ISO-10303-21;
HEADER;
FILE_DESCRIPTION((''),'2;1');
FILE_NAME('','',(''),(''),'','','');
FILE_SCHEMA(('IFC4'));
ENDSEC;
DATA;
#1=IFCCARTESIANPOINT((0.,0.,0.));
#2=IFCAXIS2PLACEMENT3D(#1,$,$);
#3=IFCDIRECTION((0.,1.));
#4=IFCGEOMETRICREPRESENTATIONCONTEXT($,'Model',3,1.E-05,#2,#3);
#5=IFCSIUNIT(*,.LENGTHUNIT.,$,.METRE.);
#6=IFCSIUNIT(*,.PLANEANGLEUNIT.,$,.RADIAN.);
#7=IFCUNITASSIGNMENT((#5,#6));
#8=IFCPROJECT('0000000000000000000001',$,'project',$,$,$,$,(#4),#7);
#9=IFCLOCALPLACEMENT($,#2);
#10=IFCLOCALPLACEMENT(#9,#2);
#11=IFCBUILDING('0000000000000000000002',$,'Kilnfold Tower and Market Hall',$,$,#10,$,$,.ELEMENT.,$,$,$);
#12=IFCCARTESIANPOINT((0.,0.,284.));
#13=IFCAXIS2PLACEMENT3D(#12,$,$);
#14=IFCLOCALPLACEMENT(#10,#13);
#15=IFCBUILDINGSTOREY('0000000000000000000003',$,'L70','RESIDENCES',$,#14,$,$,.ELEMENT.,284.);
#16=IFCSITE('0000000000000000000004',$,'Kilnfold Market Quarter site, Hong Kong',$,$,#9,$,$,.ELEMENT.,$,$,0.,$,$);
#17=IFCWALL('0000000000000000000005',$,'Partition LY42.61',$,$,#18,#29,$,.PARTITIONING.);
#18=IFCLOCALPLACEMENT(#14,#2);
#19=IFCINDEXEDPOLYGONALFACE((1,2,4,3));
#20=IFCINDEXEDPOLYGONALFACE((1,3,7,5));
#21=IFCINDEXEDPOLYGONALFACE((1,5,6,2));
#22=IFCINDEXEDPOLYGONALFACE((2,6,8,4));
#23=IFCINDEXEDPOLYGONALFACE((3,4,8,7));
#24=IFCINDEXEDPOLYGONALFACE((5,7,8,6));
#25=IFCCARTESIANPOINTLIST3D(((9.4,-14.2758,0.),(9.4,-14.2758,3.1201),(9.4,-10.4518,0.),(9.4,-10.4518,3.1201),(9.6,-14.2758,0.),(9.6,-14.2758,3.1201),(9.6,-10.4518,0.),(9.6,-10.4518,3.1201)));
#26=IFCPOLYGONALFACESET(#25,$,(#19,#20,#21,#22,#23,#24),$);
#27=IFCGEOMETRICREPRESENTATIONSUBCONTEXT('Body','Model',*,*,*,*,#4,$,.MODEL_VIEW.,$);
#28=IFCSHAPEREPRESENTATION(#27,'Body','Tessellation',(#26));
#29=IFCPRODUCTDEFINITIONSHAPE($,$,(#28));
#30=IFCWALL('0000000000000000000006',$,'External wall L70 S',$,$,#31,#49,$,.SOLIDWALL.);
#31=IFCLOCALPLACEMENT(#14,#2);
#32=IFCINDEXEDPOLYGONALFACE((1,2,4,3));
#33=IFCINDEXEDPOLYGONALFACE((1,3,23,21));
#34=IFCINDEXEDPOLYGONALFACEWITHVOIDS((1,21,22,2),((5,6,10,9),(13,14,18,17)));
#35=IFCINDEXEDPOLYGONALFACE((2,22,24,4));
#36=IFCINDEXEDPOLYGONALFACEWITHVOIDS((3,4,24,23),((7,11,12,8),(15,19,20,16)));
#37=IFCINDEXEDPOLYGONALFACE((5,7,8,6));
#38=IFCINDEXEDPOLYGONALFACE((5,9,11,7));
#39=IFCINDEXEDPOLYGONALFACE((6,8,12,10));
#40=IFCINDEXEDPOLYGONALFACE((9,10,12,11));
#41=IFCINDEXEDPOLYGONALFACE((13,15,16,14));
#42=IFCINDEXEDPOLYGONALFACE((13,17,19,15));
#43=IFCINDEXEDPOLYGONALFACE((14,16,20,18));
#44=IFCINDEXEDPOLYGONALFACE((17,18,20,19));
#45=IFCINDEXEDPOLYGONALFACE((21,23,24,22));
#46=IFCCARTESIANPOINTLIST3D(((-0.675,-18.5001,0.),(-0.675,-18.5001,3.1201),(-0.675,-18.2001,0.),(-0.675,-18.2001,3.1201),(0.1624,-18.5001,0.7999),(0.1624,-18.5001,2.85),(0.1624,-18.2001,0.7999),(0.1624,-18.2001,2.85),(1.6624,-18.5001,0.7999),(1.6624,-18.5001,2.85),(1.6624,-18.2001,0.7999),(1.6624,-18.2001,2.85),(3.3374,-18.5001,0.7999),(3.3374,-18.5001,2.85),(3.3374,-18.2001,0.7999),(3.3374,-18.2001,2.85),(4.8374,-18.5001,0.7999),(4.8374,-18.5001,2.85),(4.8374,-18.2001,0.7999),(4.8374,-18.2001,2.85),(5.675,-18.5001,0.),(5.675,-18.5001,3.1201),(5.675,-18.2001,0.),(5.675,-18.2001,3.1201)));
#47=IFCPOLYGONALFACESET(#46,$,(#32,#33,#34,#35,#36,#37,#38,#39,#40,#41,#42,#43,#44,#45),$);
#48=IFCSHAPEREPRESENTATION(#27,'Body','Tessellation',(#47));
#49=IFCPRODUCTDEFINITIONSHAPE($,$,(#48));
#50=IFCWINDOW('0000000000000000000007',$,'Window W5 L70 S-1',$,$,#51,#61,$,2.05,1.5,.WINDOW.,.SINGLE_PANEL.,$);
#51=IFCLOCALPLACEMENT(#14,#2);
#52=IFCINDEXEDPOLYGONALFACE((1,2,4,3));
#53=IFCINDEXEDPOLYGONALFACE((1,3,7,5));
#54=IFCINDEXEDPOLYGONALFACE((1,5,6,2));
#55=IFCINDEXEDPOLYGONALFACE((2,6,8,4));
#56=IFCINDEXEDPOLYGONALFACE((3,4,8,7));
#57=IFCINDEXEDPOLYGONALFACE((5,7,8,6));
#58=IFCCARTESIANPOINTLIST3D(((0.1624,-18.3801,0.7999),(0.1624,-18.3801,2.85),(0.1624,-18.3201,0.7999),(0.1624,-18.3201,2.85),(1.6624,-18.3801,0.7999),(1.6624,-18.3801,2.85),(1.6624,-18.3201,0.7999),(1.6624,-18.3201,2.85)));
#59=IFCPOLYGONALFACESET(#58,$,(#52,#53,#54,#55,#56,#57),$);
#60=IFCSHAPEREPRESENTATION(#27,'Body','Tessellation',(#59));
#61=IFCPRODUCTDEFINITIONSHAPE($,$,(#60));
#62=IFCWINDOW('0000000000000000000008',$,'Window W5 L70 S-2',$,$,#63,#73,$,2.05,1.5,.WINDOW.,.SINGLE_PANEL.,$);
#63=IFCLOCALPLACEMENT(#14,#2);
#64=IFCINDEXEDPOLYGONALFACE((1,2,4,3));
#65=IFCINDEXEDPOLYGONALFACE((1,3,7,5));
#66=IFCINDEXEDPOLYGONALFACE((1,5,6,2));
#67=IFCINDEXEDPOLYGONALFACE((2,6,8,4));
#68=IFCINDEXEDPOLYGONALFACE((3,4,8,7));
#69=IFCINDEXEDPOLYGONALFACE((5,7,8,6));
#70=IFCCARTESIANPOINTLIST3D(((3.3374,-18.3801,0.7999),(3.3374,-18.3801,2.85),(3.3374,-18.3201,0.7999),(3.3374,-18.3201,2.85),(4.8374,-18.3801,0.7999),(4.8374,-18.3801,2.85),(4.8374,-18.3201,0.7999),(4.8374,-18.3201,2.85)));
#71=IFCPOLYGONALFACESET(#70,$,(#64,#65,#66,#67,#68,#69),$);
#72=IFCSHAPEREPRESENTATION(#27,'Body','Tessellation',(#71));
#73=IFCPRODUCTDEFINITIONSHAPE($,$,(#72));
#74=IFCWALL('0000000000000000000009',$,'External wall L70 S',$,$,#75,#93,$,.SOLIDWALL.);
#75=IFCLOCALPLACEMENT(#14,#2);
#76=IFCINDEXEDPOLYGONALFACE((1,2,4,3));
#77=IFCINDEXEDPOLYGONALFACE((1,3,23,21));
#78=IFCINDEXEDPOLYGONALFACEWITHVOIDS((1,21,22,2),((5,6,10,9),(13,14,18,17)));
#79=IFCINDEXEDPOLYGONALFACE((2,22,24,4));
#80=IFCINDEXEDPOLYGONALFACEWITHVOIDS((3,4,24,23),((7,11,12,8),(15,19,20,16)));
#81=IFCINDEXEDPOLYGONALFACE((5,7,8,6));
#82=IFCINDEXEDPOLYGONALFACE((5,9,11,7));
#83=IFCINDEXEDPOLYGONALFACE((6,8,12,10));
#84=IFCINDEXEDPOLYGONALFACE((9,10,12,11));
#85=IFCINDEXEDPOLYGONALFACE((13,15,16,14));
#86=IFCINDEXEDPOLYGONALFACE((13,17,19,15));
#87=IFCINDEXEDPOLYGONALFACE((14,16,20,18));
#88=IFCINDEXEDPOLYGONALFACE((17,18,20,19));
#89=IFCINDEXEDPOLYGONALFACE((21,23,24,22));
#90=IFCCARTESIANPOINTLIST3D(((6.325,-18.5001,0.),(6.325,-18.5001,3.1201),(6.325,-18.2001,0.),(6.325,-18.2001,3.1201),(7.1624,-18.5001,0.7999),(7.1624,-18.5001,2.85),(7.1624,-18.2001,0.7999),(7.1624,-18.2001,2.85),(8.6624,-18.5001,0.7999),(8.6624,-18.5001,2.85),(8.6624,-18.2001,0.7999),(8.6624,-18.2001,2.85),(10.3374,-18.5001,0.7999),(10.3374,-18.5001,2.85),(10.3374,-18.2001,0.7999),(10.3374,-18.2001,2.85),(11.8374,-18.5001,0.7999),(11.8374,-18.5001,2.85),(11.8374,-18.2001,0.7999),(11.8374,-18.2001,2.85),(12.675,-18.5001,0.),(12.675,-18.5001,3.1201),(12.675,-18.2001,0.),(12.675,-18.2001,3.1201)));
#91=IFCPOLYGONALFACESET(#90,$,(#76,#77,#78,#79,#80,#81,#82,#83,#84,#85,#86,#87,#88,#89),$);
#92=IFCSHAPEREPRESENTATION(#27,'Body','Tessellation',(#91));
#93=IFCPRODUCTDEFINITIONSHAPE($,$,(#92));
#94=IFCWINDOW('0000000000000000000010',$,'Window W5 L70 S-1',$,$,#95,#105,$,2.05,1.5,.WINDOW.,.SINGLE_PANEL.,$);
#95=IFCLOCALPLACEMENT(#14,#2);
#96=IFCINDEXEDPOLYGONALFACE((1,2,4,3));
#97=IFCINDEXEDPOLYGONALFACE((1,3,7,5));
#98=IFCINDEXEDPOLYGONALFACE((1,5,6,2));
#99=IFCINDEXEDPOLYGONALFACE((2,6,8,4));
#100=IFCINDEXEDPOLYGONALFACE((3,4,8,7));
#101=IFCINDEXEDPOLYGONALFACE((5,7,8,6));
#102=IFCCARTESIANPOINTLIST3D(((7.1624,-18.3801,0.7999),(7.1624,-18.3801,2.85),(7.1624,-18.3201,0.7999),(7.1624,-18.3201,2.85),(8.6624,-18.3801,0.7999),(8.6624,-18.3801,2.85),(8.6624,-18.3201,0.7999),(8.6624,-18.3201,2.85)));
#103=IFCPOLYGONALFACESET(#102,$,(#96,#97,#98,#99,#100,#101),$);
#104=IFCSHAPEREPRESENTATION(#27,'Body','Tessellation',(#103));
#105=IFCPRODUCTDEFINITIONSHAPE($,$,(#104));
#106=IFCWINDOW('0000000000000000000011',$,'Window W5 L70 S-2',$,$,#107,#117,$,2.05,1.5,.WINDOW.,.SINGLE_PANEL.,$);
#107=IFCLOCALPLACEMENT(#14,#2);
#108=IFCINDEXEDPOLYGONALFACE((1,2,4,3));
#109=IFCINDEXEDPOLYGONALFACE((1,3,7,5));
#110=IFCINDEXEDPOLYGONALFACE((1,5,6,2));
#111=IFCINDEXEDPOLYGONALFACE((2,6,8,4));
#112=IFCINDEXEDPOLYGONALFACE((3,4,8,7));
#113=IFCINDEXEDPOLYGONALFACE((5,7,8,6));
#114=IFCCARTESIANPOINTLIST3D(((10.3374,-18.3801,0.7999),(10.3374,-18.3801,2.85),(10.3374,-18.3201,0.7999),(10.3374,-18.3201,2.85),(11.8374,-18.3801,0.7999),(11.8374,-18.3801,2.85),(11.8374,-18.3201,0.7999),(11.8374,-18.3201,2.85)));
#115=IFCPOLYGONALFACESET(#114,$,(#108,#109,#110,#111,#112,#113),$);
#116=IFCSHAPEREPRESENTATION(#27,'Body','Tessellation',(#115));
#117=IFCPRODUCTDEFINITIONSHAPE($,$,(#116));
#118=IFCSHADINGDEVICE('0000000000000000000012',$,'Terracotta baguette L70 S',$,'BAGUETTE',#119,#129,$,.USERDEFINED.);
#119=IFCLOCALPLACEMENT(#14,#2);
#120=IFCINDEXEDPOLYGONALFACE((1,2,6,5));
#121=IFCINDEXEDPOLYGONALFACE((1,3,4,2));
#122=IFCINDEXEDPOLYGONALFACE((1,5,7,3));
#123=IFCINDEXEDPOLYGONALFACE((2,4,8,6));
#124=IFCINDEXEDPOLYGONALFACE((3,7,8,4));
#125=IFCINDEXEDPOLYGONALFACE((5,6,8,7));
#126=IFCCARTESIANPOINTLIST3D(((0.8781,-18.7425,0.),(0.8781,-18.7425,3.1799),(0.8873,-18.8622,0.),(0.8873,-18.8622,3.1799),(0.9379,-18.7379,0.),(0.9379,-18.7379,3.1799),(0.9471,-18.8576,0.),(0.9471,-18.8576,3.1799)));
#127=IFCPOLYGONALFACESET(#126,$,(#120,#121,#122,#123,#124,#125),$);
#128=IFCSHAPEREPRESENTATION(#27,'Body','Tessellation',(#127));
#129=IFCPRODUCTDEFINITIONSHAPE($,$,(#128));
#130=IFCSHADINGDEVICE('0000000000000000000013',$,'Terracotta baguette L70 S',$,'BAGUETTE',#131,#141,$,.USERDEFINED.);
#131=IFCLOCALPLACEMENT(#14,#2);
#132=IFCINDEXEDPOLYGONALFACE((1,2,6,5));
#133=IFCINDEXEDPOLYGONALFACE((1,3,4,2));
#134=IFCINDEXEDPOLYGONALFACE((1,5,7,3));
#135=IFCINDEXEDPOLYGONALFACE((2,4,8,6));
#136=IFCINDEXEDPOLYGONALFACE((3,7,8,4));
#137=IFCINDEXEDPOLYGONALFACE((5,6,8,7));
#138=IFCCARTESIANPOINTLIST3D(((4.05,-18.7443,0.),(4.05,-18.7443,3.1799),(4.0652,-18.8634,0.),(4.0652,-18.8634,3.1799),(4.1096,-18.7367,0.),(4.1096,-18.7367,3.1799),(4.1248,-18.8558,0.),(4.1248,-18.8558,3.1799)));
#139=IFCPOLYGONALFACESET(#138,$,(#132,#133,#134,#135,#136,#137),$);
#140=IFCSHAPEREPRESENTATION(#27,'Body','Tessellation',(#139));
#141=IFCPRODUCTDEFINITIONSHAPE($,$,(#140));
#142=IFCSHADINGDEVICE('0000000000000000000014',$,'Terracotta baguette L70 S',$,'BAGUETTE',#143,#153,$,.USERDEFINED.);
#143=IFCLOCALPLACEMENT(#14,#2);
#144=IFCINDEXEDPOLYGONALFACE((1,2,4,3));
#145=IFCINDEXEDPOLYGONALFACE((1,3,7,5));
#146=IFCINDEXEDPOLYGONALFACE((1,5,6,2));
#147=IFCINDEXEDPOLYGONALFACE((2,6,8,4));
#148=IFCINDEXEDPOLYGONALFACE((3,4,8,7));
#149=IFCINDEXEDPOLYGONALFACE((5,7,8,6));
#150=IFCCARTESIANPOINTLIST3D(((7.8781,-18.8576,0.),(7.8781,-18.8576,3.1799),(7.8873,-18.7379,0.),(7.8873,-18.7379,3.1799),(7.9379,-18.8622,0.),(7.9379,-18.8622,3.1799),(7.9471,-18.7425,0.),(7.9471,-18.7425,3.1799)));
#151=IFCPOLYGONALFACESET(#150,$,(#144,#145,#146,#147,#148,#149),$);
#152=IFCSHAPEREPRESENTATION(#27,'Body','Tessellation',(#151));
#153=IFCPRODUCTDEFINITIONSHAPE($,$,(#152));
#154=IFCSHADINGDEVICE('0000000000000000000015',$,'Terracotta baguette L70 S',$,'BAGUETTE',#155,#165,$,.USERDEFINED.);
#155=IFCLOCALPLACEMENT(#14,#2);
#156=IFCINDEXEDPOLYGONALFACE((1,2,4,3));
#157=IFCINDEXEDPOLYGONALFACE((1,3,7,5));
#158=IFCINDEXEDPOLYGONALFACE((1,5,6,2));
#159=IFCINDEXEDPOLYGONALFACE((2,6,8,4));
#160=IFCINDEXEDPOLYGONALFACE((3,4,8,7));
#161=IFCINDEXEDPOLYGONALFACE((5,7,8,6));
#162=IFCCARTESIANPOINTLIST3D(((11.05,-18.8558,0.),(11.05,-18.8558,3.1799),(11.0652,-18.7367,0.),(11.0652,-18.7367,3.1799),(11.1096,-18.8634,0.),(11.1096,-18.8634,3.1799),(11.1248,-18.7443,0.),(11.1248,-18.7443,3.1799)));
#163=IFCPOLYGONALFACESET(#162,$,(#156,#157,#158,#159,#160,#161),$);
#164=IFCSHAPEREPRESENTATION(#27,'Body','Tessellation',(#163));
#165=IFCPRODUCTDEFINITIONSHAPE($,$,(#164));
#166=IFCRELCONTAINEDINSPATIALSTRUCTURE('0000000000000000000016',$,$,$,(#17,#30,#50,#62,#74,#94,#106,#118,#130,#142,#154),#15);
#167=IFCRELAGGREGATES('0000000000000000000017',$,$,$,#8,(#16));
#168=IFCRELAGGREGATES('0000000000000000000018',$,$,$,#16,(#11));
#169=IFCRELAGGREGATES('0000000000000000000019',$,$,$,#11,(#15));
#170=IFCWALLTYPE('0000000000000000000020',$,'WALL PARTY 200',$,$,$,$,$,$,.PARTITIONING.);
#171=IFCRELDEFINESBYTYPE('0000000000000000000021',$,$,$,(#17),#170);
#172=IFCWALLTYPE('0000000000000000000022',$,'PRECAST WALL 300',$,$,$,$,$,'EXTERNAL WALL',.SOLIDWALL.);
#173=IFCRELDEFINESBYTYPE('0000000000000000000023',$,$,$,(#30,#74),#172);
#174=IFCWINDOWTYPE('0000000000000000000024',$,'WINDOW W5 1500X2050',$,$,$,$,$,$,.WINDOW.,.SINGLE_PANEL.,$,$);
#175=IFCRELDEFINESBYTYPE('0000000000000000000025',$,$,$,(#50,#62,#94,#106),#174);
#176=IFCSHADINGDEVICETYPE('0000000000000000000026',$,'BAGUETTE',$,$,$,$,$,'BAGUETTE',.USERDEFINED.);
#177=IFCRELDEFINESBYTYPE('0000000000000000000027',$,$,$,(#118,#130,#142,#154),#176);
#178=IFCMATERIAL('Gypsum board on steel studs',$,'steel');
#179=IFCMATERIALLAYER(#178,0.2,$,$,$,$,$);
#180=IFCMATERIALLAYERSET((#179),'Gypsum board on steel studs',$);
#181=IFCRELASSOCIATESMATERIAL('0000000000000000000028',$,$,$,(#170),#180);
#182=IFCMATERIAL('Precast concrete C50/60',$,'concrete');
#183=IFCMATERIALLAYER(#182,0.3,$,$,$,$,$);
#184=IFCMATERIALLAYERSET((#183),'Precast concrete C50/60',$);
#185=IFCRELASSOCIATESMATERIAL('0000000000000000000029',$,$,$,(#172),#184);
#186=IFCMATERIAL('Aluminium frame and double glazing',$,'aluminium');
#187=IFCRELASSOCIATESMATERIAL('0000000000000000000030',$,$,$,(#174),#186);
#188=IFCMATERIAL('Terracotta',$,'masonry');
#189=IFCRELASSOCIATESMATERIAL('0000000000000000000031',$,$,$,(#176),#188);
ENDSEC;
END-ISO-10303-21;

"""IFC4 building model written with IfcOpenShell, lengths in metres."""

from ifc_helpers import new_model, si_unit, direction, frame, frame_2d, origin, origin_2d, place, context, subcontext, project, spatial, rectangle, extrude, source, transform, mapped, material, layer, layer_set, material_profile, profile_set, type_object, element, fill, save


model = new_model("IFC4")

# Units and contexts
model_context = context("Model", 3, precision=1e-05, world=origin(), true_north=direction((0.0, 1.0)))
body_context = subcontext(model_context, "Body", "Model", "MODEL_VIEW")
ifc_project = project(units=[si_unit("LENGTHUNIT", "METRE"), si_unit("PLANEANGLEUNIT", "RADIAN")], contexts=[model_context])

# Site, building, storey
site_placement = place(None, origin())
site = spatial("IfcSite", under=ifc_project, at=site_placement, Name="Kilnfold Market Quarter site, Hong Kong", CompositionType="ELEMENT", RefElevation=0.0)
building_placement = place(site_placement, origin())
building = spatial("IfcBuilding", under=site, at=building_placement, Name="Kilnfold Tower and Market Hall", CompositionType="ELEMENT")
storey_placement = place(building_placement, frame((0.0, 0.0, 284.0)))
storey = spatial("IfcBuildingStorey", under=building, at=storey_placement, Name="L70", Description="RESIDENCES", CompositionType="ELEMENT", Elevation=284.0)

# Wall
ifc_material_1 = material(Name="Gypsum board on steel studs", Category="steel")
ifc_layer_1 = layer(ifc_material_1, 0.2)
ifc_layer_set_1 = layer_set([ifc_layer_1], Name="Gypsum board on steel studs")
wall_type_1 = type_object("IfcWallType", Name="WALL PARTY 200", PredefinedType="PARTITIONING", material=ifc_layer_set_1)
wall_1_placement = place(storey_placement, frame((9.5, -14.2759, 0.0), z_axis=(0.0, 0.0, 1.0), x_axis=(0.0, 1.0, 0.0)))
element("IfcWall", 1, at=wall_1_placement, inside=storey, type_object=wall_type_1, Name="Partition LY42.61", PredefinedType="PARTITIONING", context=body_context, shape_type="SweptSolid", body=[
    extrude(rectangle(XDim=3.824, YDim=0.2, at=frame_2d((1.9121, 0.0))), origin(), (0.0, 0.0, 1.0), 3.1201),
])

# Walls, openings, windows
ifc_material_2 = material(Name="Precast concrete C50/60", Category="concrete")
ifc_layer_2 = layer(ifc_material_2, 0.3)
ifc_layer_set_2 = layer_set([ifc_layer_2], Name="Precast concrete C50/60")
wall_type_2 = type_object("IfcWallType", Name="PRECAST WALL 300", ElementType="EXTERNAL WALL", PredefinedType="SOLIDWALL", material=ifc_layer_set_2)
shared_shape_1 = source(origin(), body_context, "Body", "SweptSolid", [
    extrude(rectangle(XDim=6.3501, YDim=0.3, at=frame_2d((3.175, 0.0))), origin(), (0.0, 0.0, 1.0), 3.1201),
])
wall_2_placement = place(storey_placement, frame((-0.675, -18.3501, 0.0), z_axis=(0.0, 0.0, 1.0), x_axis=(1.0, 0.0, 0.0)))
wall_2 = element("IfcWall", 2, at=wall_2_placement, inside=storey, type_object=wall_type_2, Name="External wall L70 S", PredefinedType="SOLIDWALL", context=body_context, shape_type="MappedRepresentation", body=[
    mapped(shared_shape_1, transform((0.0, 0.0, 0.0))),
])
opening_1_placement = place(wall_2_placement, frame((0.8374, 0.0, 0.8)))
opening_1 = element("IfcOpeningElement", 3, at=opening_1_placement, cuts=wall_2, PredefinedType="OPENING", context=body_context, shape_type="SweptSolid", body=[
    extrude(rectangle(XDim=1.5, YDim=2.05, at=frame_2d((0.75, 1.0249))), frame((0.0, 0.1602, 0.0), z_axis=(0.0, -1.0, 0.0), x_axis=(1.0, 0.0, 0.0)), (0.0, 0.0, 1.0), 0.3201),
])
opening_2_placement = place(wall_2_placement, frame((4.0125, 0.0, 0.8)))
opening_2 = element("IfcOpeningElement", 4, at=opening_2_placement, cuts=wall_2, PredefinedType="OPENING", context=body_context, shape_type="SweptSolid", body=[
    extrude(rectangle(XDim=1.5, YDim=2.05, at=frame_2d((0.75, 1.0249))), frame((0.0, 0.1602, 0.0), z_axis=(0.0, -1.0, 0.0), x_axis=(1.0, 0.0, 0.0)), (0.0, 0.0, 1.0), 0.3201),
])
ifc_material_3 = material(Name="Aluminium frame and double glazing", Category="aluminium")
window_type = type_object("IfcWindowType", Name="WINDOW W5 1500X2050", PartitioningType="SINGLE_PANEL", PredefinedType="WINDOW", material=ifc_material_3)
window_1_placement = place(opening_1_placement, origin())
window_1 = element("IfcWindow", 5, at=window_1_placement, inside=storey, type_object=window_type, Name="Window W5 L70 S-1", OverallHeight=2.05, OverallWidth=1.5, PartitioningType="SINGLE_PANEL", PredefinedType="WINDOW", context=body_context, shape_type="SweptSolid", body=[
    extrude(rectangle(XDim=1.5, YDim=2.05, at=frame_2d((0.75, 1.0249))), frame((0.0, 0.03, 0.0), z_axis=(0.0, -1.0, 0.0), x_axis=(1.0, 0.0, 0.0)), (0.0, 0.0, 1.0), 0.0601),
])
fill(opening_1, window_1)
window_2_placement = place(opening_2_placement, origin())
window_2 = element("IfcWindow", 6, at=window_2_placement, inside=storey, type_object=window_type, Name="Window W5 L70 S-2", OverallHeight=2.05, OverallWidth=1.5, PartitioningType="SINGLE_PANEL", PredefinedType="WINDOW", context=body_context, shape_type="SweptSolid", body=[
    extrude(rectangle(XDim=1.5, YDim=2.05, at=frame_2d((0.75, 1.0249))), frame((0.0, 0.03, 0.0), z_axis=(0.0, -1.0, 0.0), x_axis=(1.0, 0.0, 0.0)), (0.0, 0.0, 1.0), 0.0601),
])
fill(opening_2, window_2)
wall_3_placement = place(storey_placement, frame((6.325, -18.3501, 0.0), z_axis=(0.0, 0.0, 1.0), x_axis=(1.0, 0.0, 0.0)))
wall_3 = element("IfcWall", 7, at=wall_3_placement, inside=storey, type_object=wall_type_2, Name="External wall L70 S", PredefinedType="SOLIDWALL", context=body_context, shape_type="MappedRepresentation", body=[
    mapped(shared_shape_1, transform((0.0, 0.0, 0.0))),
])
opening_3_placement = place(wall_3_placement, frame((0.8374, 0.0, 0.8)))
opening_3 = element("IfcOpeningElement", 8, at=opening_3_placement, cuts=wall_3, PredefinedType="OPENING", context=body_context, shape_type="SweptSolid", body=[
    extrude(rectangle(XDim=1.5, YDim=2.05, at=frame_2d((0.75, 1.0249))), frame((0.0, 0.1602, 0.0), z_axis=(0.0, -1.0, 0.0), x_axis=(1.0, 0.0, 0.0)), (0.0, 0.0, 1.0), 0.3201),
])
opening_4_placement = place(wall_3_placement, frame((4.0125, 0.0, 0.8)))
opening_4 = element("IfcOpeningElement", 9, at=opening_4_placement, cuts=wall_3, PredefinedType="OPENING", context=body_context, shape_type="SweptSolid", body=[
    extrude(rectangle(XDim=1.5, YDim=2.05, at=frame_2d((0.75, 1.0249))), frame((0.0, 0.1602, 0.0), z_axis=(0.0, -1.0, 0.0), x_axis=(1.0, 0.0, 0.0)), (0.0, 0.0, 1.0), 0.3201),
])
window_3_placement = place(opening_3_placement, origin())
window_3 = element("IfcWindow", 10, at=window_3_placement, inside=storey, type_object=window_type, Name="Window W5 L70 S-1", OverallHeight=2.05, OverallWidth=1.5, PartitioningType="SINGLE_PANEL", PredefinedType="WINDOW", context=body_context, shape_type="SweptSolid", body=[
    extrude(rectangle(XDim=1.5, YDim=2.05, at=frame_2d((0.75, 1.0249))), frame((0.0, 0.03, 0.0), z_axis=(0.0, -1.0, 0.0), x_axis=(1.0, 0.0, 0.0)), (0.0, 0.0, 1.0), 0.0601),
])
fill(opening_3, window_3)
window_4_placement = place(opening_4_placement, origin())
window_4 = element("IfcWindow", 11, at=window_4_placement, inside=storey, type_object=window_type, Name="Window W5 L70 S-2", OverallHeight=2.05, OverallWidth=1.5, PartitioningType="SINGLE_PANEL", PredefinedType="WINDOW", context=body_context, shape_type="SweptSolid", body=[
    extrude(rectangle(XDim=1.5, YDim=2.05, at=frame_2d((0.75, 1.0249))), frame((0.0, 0.03, 0.0), z_axis=(0.0, -1.0, 0.0), x_axis=(1.0, 0.0, 0.0)), (0.0, 0.0, 1.0), 0.0601),
])
fill(opening_4, window_4)

# Shading devices
ifc_material_4 = material(Name="Terracotta", Category="masonry")
ifc_material_profile_1 = material_profile(ifc_material_4, rectangle(XDim=0.0601, YDim=0.1201, at=origin_2d()), Name="BAG 60x120")
ifc_profile_set_1 = profile_set([ifc_material_profile_1], Name="Terracotta")
shading_device_type = type_object("IfcShadingDeviceType", Name="BAGUETTE", ElementType="BAGUETTE", PredefinedType="USERDEFINED", material=ifc_profile_set_1)
shared_shape_2 = source(origin(), body_context, "Body", "SweptSolid", [
    extrude(rectangle(XDim=0.0601, YDim=0.1201, at=origin_2d()), origin(), (0.0, 0.0, 1.0), 3.1799),
])
for number, where, z_axis, x_axis, name in (
    (12, (0.9126, -18.8, 0.0), (0.0, 0.0, 1.0), (0.997057, 0.076662, 0.0), "Terracotta baguette L70 S"),
    (13, (4.0874, -18.8, 0.0), (0.0, 0.0, 1.0), (0.992001, 0.126227, 0.0), "Terracotta baguette L70 S"),
    (14, (7.9126, -18.8, 0.0), (0.0, 0.0, 1.0), (0.997057, -0.076662, 0.0), "Terracotta baguette L70 S"),
    (15, (11.0874, -18.8, 0.0), (0.0, 0.0, 1.0), (0.992001, -0.126227, 0.0), "Terracotta baguette L70 S"),
):
    element("IfcShadingDevice", number, at=place(storey_placement, frame(where, z_axis=z_axis, x_axis=x_axis)), inside=storey, type_object=shading_device_type, Name=name, ObjectType="BAGUETTE", PredefinedType="USERDEFINED", context=body_context, shape_type="MappedRepresentation", body=[
        mapped(shared_shape_2, transform((0.0, 0.0, 0.0))),
    ])

save(model, "model.ifc")
